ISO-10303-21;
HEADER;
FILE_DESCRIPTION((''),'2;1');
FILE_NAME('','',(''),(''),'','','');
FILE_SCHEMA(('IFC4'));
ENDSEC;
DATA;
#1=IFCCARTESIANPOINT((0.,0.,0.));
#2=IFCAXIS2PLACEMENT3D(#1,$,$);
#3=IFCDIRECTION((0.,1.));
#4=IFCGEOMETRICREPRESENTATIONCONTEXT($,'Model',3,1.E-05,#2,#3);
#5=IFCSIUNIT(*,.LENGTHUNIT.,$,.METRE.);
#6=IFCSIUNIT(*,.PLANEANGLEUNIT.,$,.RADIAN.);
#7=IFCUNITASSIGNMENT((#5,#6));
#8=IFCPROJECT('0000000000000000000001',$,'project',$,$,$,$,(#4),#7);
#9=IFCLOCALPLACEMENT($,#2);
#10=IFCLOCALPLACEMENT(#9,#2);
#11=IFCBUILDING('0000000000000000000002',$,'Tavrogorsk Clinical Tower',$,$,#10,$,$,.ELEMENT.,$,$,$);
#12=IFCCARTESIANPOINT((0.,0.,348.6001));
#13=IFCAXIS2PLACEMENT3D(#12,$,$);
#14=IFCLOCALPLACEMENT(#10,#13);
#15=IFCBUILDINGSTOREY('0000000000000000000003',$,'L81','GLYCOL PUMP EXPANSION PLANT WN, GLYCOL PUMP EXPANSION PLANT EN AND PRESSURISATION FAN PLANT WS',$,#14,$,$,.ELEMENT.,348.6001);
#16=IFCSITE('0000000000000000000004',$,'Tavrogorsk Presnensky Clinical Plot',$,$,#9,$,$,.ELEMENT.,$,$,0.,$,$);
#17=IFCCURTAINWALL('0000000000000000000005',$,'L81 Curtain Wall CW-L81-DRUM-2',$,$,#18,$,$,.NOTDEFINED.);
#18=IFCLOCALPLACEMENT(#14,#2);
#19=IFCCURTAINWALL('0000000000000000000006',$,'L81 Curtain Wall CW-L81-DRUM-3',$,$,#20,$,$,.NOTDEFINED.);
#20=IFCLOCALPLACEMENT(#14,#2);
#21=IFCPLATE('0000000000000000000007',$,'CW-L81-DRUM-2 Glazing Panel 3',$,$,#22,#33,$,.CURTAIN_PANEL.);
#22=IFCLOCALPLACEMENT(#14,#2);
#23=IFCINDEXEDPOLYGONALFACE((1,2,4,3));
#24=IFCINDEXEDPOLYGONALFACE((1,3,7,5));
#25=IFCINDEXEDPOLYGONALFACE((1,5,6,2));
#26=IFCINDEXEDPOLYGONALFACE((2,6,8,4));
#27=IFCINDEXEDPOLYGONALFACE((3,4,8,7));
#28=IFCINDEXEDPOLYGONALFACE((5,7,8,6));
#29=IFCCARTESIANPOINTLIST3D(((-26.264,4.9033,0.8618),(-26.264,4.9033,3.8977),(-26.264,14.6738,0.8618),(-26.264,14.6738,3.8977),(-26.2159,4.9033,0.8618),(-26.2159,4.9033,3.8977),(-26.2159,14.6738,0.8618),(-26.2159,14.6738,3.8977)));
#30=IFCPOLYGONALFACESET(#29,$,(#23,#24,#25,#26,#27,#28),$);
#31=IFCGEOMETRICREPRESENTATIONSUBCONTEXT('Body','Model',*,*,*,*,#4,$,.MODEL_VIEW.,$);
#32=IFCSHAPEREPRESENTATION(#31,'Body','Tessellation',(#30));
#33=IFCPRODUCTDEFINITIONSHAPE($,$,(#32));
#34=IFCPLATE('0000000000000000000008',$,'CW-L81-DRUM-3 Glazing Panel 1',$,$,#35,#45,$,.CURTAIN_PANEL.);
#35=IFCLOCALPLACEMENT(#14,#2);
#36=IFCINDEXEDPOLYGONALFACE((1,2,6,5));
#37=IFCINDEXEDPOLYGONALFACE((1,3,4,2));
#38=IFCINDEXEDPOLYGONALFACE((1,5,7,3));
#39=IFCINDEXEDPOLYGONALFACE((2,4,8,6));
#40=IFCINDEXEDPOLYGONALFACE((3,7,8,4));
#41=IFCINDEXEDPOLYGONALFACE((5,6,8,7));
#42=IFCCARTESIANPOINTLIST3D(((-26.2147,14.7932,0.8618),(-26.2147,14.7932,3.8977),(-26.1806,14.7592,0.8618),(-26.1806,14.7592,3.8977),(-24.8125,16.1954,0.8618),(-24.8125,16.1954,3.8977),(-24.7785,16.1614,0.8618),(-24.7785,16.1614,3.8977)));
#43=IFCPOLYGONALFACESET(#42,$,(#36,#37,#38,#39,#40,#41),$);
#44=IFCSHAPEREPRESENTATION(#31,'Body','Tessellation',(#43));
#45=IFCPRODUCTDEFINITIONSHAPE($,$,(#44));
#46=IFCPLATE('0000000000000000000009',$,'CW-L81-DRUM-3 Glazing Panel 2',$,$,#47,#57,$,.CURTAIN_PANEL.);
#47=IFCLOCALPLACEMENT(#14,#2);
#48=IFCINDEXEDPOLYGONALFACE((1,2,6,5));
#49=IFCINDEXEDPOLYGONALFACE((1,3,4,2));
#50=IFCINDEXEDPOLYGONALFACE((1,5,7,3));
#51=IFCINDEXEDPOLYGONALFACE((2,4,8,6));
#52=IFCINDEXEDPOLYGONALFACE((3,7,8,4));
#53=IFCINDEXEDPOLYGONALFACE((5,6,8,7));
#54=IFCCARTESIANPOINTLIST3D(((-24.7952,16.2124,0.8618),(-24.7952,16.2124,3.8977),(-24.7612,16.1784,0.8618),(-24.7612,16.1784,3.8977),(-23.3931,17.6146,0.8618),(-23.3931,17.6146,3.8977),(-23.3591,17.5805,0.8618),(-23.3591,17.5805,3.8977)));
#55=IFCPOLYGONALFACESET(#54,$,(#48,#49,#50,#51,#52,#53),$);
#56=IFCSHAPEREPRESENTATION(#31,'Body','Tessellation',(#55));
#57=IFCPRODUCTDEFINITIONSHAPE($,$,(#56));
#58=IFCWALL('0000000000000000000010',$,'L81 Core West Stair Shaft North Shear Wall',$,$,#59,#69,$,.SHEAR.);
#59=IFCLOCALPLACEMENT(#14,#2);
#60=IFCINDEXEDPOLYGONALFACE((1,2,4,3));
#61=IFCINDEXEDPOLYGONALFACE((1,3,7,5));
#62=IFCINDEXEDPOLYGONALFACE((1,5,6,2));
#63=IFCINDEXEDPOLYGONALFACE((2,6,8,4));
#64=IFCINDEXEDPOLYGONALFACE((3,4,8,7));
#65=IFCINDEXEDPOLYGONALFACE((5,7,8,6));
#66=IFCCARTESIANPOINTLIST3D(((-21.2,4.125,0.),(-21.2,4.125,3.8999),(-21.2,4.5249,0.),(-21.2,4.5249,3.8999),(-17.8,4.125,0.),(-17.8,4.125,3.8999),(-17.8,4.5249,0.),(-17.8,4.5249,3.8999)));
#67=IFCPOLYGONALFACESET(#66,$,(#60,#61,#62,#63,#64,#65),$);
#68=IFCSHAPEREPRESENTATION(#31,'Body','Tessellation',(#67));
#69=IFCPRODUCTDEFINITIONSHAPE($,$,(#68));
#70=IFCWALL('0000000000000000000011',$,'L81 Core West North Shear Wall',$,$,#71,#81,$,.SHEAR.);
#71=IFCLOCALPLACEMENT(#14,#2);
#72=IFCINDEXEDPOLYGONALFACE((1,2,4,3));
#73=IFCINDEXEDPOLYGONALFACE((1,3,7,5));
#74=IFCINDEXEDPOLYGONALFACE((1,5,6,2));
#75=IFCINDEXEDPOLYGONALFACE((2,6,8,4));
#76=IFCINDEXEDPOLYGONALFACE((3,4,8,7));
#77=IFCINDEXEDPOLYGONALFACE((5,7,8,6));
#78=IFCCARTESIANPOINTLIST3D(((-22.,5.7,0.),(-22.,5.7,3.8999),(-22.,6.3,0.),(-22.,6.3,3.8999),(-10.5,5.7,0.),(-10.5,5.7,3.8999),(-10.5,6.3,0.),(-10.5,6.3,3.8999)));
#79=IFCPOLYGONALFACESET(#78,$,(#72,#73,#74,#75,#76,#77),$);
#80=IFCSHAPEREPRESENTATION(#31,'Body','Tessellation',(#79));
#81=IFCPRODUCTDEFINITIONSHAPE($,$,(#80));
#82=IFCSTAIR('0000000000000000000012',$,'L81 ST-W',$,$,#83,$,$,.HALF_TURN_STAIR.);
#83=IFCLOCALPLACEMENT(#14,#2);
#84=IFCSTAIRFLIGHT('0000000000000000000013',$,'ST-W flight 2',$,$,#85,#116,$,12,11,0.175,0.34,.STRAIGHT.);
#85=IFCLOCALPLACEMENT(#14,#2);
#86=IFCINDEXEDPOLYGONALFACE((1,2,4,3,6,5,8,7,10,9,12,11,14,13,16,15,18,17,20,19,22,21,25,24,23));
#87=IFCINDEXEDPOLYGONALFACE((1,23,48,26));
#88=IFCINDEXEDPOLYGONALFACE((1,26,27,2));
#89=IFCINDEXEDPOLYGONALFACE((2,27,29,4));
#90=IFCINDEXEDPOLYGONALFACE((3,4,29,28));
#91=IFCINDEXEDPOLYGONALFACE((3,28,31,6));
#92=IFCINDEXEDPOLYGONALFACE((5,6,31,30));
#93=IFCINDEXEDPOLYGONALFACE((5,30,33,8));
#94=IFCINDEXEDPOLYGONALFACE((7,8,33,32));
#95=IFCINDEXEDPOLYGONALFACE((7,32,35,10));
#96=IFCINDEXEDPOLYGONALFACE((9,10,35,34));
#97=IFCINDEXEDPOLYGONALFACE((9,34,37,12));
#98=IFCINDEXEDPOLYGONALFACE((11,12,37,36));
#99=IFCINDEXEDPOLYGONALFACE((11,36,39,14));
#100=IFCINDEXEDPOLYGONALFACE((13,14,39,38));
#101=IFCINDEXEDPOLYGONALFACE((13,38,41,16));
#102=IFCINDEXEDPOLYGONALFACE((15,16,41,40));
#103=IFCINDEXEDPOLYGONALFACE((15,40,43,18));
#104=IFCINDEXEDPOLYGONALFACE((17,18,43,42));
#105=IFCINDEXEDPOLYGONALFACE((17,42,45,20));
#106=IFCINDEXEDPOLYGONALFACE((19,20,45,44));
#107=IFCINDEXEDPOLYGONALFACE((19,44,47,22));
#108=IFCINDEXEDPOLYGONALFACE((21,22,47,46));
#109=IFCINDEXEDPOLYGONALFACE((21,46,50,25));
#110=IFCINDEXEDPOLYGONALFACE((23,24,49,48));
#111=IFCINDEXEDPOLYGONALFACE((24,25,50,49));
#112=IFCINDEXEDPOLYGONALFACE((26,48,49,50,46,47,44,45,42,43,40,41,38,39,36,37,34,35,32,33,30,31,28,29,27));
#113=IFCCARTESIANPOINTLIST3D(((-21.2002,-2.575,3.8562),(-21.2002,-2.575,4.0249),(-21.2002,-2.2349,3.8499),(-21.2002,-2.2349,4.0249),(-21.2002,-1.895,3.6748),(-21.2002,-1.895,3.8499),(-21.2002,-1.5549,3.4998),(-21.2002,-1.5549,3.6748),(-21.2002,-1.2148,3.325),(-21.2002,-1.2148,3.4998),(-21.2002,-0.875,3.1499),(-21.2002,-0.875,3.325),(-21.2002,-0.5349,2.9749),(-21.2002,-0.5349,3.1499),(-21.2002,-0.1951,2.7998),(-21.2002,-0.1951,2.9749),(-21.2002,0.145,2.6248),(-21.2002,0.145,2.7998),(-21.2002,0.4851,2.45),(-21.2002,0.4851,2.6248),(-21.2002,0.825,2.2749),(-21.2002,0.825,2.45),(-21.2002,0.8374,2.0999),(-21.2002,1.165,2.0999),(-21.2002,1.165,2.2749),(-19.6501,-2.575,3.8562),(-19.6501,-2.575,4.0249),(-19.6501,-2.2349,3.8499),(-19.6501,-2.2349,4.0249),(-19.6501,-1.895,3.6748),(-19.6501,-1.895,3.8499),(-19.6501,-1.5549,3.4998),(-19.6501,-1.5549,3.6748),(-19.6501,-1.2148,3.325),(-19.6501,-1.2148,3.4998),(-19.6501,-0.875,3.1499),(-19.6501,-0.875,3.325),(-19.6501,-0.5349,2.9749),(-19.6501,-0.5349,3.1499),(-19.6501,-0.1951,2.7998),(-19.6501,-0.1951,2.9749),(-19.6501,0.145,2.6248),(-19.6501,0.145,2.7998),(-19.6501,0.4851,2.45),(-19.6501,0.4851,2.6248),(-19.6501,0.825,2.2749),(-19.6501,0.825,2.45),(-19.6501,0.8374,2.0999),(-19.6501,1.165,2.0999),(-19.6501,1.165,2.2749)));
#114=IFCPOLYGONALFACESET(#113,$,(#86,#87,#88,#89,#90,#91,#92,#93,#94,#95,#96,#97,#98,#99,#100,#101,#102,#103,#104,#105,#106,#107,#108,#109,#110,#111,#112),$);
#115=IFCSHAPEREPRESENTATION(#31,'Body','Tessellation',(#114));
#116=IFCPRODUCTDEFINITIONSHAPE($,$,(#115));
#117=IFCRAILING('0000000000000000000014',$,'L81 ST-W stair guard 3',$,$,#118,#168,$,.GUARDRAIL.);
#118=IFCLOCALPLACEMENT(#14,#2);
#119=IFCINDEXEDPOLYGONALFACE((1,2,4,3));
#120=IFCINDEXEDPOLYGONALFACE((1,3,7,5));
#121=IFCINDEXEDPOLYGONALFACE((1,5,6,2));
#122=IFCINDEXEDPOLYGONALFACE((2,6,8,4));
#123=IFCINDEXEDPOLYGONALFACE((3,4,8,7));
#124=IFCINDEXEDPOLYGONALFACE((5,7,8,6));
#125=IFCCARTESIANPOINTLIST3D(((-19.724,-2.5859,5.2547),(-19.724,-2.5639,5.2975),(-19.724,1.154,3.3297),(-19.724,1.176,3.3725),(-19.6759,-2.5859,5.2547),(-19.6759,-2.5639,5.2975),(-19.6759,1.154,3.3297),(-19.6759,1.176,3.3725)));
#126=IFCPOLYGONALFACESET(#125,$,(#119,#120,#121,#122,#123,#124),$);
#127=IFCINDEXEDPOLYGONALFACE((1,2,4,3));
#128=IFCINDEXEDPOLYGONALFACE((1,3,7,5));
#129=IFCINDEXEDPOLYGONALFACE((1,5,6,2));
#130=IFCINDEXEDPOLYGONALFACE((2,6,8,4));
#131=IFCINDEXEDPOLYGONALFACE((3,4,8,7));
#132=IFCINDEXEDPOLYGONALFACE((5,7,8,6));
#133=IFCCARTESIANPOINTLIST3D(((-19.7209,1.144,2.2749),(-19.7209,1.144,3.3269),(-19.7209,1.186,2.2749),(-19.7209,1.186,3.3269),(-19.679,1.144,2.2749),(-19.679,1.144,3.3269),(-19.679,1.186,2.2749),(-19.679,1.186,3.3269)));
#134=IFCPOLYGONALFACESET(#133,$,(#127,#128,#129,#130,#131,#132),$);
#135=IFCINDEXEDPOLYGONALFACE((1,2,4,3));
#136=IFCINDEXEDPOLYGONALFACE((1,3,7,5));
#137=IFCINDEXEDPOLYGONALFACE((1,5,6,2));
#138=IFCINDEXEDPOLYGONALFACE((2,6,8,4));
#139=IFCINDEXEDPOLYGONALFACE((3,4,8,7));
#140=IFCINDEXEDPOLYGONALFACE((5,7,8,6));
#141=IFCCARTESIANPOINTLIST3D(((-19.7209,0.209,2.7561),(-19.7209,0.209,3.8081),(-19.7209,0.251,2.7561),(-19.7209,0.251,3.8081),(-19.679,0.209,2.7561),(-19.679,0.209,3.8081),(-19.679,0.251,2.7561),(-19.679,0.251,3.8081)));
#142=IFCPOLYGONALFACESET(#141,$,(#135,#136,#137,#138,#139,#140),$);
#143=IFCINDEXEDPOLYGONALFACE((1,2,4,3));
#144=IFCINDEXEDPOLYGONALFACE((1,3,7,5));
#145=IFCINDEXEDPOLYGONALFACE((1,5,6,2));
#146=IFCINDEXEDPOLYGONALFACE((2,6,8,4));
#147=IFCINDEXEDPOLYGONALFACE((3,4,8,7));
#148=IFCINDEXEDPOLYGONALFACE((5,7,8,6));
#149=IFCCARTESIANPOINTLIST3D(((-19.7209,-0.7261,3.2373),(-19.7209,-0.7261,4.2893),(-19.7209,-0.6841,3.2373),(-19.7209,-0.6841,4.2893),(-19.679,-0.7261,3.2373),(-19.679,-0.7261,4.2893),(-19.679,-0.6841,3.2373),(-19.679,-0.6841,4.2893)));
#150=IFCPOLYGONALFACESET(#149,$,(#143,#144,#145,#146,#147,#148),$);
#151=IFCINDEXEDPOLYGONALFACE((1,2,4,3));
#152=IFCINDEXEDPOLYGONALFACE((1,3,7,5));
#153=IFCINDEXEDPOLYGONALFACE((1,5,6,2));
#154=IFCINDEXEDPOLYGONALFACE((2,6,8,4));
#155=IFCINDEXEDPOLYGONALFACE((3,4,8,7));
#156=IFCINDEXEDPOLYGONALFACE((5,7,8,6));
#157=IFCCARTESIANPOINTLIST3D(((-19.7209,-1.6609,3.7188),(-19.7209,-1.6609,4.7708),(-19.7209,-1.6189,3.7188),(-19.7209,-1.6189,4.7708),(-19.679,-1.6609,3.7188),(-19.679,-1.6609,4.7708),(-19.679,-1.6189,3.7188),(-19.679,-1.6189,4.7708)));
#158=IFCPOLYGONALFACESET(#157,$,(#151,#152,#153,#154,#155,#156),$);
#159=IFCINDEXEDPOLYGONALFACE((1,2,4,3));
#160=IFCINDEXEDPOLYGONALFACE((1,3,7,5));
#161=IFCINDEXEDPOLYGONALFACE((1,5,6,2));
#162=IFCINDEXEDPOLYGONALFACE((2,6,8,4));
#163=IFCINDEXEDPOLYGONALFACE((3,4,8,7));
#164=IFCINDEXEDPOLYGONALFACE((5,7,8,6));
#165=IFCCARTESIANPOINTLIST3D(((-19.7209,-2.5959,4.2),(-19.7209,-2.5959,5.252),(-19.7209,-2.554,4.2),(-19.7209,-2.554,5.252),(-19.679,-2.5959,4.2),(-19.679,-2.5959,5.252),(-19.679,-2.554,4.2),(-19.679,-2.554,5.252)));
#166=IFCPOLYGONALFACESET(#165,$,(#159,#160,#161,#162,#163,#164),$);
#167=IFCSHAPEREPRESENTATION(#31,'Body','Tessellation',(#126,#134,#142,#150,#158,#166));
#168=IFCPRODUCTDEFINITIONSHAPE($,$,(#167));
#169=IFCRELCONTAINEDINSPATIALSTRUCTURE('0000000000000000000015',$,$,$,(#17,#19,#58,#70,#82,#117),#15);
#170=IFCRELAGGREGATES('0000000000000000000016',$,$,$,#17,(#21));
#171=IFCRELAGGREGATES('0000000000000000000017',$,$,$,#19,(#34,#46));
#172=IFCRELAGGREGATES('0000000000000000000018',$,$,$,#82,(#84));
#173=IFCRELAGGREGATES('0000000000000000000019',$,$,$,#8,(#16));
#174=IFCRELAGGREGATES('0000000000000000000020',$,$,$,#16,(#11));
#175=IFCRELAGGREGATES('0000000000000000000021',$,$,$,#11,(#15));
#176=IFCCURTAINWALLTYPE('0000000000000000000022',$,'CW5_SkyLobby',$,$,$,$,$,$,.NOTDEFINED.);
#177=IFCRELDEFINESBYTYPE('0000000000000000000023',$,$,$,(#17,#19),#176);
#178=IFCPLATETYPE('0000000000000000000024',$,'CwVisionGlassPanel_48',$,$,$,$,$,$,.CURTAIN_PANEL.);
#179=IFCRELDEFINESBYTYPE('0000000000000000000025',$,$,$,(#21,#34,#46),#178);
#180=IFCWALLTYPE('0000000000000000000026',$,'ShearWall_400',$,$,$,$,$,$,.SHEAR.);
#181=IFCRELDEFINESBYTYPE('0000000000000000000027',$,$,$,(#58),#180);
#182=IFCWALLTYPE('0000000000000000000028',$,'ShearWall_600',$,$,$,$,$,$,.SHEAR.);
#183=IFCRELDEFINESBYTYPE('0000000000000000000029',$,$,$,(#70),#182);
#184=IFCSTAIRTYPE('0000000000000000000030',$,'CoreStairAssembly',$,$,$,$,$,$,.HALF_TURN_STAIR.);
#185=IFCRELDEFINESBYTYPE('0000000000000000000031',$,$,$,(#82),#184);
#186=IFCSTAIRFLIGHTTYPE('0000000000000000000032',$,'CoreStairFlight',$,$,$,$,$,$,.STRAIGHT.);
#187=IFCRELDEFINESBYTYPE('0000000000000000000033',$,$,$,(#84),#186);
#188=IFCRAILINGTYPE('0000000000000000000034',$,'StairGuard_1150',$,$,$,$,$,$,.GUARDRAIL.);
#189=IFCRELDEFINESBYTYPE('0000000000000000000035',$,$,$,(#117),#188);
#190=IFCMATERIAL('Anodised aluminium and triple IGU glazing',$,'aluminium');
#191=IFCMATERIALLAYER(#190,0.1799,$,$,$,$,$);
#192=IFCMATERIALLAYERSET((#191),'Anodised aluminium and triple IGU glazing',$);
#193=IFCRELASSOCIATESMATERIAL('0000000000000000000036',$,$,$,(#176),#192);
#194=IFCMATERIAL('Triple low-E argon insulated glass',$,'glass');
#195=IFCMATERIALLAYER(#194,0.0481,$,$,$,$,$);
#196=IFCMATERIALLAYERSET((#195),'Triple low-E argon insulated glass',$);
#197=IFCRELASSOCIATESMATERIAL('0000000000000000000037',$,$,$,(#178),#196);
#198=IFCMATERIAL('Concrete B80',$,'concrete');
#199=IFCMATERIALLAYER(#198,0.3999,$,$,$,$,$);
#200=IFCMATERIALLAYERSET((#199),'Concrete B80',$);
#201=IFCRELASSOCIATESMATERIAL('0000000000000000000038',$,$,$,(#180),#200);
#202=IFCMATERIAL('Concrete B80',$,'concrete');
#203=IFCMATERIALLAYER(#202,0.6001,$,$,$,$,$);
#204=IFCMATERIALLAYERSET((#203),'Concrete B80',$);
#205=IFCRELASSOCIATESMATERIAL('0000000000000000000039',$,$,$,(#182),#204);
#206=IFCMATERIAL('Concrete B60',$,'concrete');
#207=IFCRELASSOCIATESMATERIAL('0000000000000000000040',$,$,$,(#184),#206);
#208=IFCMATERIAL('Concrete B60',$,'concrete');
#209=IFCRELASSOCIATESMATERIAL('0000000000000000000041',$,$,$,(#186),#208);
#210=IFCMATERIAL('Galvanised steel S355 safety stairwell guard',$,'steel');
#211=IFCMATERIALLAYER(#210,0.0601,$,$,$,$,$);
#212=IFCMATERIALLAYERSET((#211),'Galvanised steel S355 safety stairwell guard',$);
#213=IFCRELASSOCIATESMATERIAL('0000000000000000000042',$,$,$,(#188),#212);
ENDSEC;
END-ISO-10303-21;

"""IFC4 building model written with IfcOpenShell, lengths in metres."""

from ifc_helpers import new_model, si_unit, direction, frame, frame_2d, origin, origin_2d, place, context, subcontext, project, spatial, polyline, rectangle, outline, extrude, material, layer, layer_set, type_object, element, aggregate, save


model = new_model("IFC4")

# Units and contexts
model_context = context("Model", 3, precision=1e-05, world=origin(), true_north=direction((0.0, 1.0)))
body_context = subcontext(model_context, "Body", "Model", "MODEL_VIEW")
ifc_project = project(units=[si_unit("LENGTHUNIT", "METRE"), si_unit("PLANEANGLEUNIT", "RADIAN")], contexts=[model_context])

# Site, building, storey
site_placement = place(None, origin())
site = spatial("IfcSite", under=ifc_project, at=site_placement, Name="Tavrogorsk Presnensky Clinical Plot", CompositionType="ELEMENT", RefElevation=0.0)
building_placement = place(site_placement, origin())
building = spatial("IfcBuilding", under=site, at=building_placement, Name="Tavrogorsk Clinical Tower", CompositionType="ELEMENT")
storey_placement = place(building_placement, frame((0.0, 0.0, 348.6001)))
storey = spatial("IfcBuildingStorey", under=building, at=storey_placement, Name="L81", Description="GLYCOL PUMP EXPANSION PLANT WN, GLYCOL PUMP EXPANSION PLANT EN AND PRESSURISATION FAN PLANT WS", CompositionType="ELEMENT", Elevation=348.6001)

# Curtain walls
ifc_material_1 = material(Name="Anodised aluminium and triple IGU glazing", Category="aluminium")
ifc_layer_1 = layer(ifc_material_1, 0.1799)
ifc_layer_set_1 = layer_set([ifc_layer_1], Name="Anodised aluminium and triple IGU glazing")
curtain_wall_type = type_object("IfcCurtainWallType", Name="CW5_SkyLobby", PredefinedType="NOTDEFINED", material=ifc_layer_set_1)
curtain_wall_1_placement = place(storey_placement, origin())
curtain_wall_1 = element("IfcCurtainWall", 1, at=curtain_wall_1_placement, inside=storey, type_object=curtain_wall_type, Name="L81 Curtain Wall CW-L81-DRUM-2", PredefinedType="NOTDEFINED")
curtain_wall_2_placement = place(storey_placement, origin())
curtain_wall_2 = element("IfcCurtainWall", 2, at=curtain_wall_2_placement, inside=storey, type_object=curtain_wall_type, Name="L81 Curtain Wall CW-L81-DRUM-3", PredefinedType="NOTDEFINED")

# Plates
ifc_material_2 = material(Name="Triple low-E argon insulated glass", Category="glass")
ifc_layer_2 = layer(ifc_material_2, 0.0481)
ifc_layer_set_2 = layer_set([ifc_layer_2], Name="Triple low-E argon insulated glass")
plate_type_1 = type_object("IfcPlateType", Name="CwVisionGlassPanel_48", PredefinedType="CURTAIN_PANEL", material=ifc_layer_set_2)
plate_1_placement = place(storey_placement, frame((-26.24, 9.7886, 0.8618), z_axis=(0.0, 0.0, 1.0), x_axis=(0.0, 1.0, 0.0)))
plate_1 = element("IfcPlate", 3, at=plate_1_placement, type_object=plate_type_1, Name="CW-L81-DRUM-2 Glazing Panel 3", PredefinedType="CURTAIN_PANEL", context=body_context, shape_type="SweptSolid", body=[
    extrude(rectangle(XDim=9.7705, YDim=0.0481, at=origin_2d()), origin(), (0.0, 0.0, 1.0), 3.0359),
])
aggregate(curtain_wall_1, [plate_1])
plate_2_placement = place(storey_placement, frame((-25.4966, 15.4773, 0.8618), z_axis=(0.0, 0.0, 1.0), x_axis=(0.707107, 0.707107, 0.0)))
plate_2 = element("IfcPlate", 4, at=plate_2_placement, type_object=plate_type_1, Name="CW-L81-DRUM-3 Glazing Panel 1", PredefinedType="CURTAIN_PANEL", context=body_context, shape_type="SweptSolid", body=[
    extrude(rectangle(XDim=1.9829, YDim=0.0481, at=origin_2d()), origin(), (0.0, 0.0, 1.0), 3.0359),
])
plate_3_placement = place(storey_placement, frame((-24.0771, 16.8965, 0.8618), z_axis=(0.0, 0.0, 1.0), x_axis=(0.707107, 0.707107, 0.0)))
plate_3 = element("IfcPlate", 5, at=plate_3_placement, type_object=plate_type_1, Name="CW-L81-DRUM-3 Glazing Panel 2", PredefinedType="CURTAIN_PANEL", context=body_context, shape_type="SweptSolid", body=[
    extrude(rectangle(XDim=1.9829, YDim=0.0481, at=origin_2d()), origin(), (0.0, 0.0, 1.0), 3.0359),
])
aggregate(curtain_wall_2, [plate_2, plate_3])

# Walls
ifc_material_3 = material(Name="Concrete B80", Category="concrete")
ifc_layer_3 = layer(ifc_material_3, 0.3999)
ifc_layer_set_3 = layer_set([ifc_layer_3], Name="Concrete B80")
wall_type_1 = type_object("IfcWallType", Name="ShearWall_400", PredefinedType="SHEAR", material=ifc_layer_set_3)
wall_1_placement = place(storey_placement, frame((-21.2, 4.325, 0.0), z_axis=(0.0, 0.0, 1.0), x_axis=(1.0, 0.0, 0.0)))
element("IfcWall", 6, at=wall_1_placement, inside=storey, type_object=wall_type_1, Name="L81 Core West Stair Shaft North Shear Wall", PredefinedType="SHEAR", context=body_context, shape_type="SweptSolid", body=[
    extrude(rectangle(XDim=3.3999, YDim=0.3999, at=frame_2d((1.7, 0.0))), origin(), (0.0, 0.0, 1.0), 3.8999),
])
ifc_material_4 = material(Name="Concrete B80", Category="concrete")
ifc_layer_4 = layer(ifc_material_4, 0.6001)
ifc_layer_set_4 = layer_set([ifc_layer_4], Name="Concrete B80")
wall_type_2 = type_object("IfcWallType", Name="ShearWall_600", PredefinedType="SHEAR", material=ifc_layer_set_4)
wall_2_placement = place(storey_placement, frame((-22.0, 6.0, 0.0), z_axis=(0.0, 0.0, 1.0), x_axis=(1.0, 0.0, 0.0)))
element("IfcWall", 7, at=wall_2_placement, inside=storey, type_object=wall_type_2, Name="L81 Core West North Shear Wall", PredefinedType="SHEAR", context=body_context, shape_type="SweptSolid", body=[
    extrude(rectangle(XDim=11.5, YDim=0.6001, at=frame_2d((5.75, 0.0))), origin(), (0.0, 0.0, 1.0), 3.8999),
])

# Stair, stair flight
ifc_material_5 = material(Name="Concrete B60", Category="concrete")
stair_type = type_object("IfcStairType", Name="CoreStairAssembly", PredefinedType="HALF_TURN_STAIR", material=ifc_material_5)
stair_placement = place(storey_placement, origin())
stair = element("IfcStair", 8, at=stair_placement, inside=storey, type_object=stair_type, Name="L81 ST-W", PredefinedType="HALF_TURN_STAIR")
ifc_material_6 = material(Name="Concrete B60", Category="concrete")
stair_flight_type = type_object("IfcStairFlightType", Name="CoreStairFlight", PredefinedType="STRAIGHT", material=ifc_material_6)
stair_flight_placement = place(storey_placement, frame((-20.425, 1.165, 2.0999), z_axis=(0.0, 0.0, 1.0), x_axis=(0.0, -1.0, 0.0)))
stair_flight = element("IfcStairFlight", 9, at=stair_flight_placement, type_object=stair_flight_type, Name="ST-W flight 2", NumberOfRisers=12, NumberOfTreads=11, PredefinedType="STRAIGHT", RiserHeight=0.175, TreadLength=0.34, context=body_context, shape_type="SweptSolid", body=[
    extrude(outline(polyline([(0.0, 0.0), (0.0, 0.175), (0.3401, 0.175), (0.3401, 0.3501), (0.6799, 0.3501), (0.6799, 0.5249), (1.02, 0.5249), (1.02, 0.7), (1.3601, 0.7), (1.3601, 0.875), (1.7, 0.875), (1.7, 1.05), (2.04, 1.05), (2.04, 1.2251), (2.3799, 1.2251), (2.3799, 1.3999), (2.72, 1.3999), (2.72, 1.575), (3.0601, 1.575), (3.0601, 1.75), (3.3999, 1.75), (3.3999, 1.925), (3.74, 1.925), (3.74, 2.1001), (3.74, 1.7563), (0.3276, 0.0), (0.0, 0.0)])), frame((0.0, 0.7749, 0.0), z_axis=(0.0, -1.0, 0.0), x_axis=(1.0, 0.0, 0.0)), (0.0, 0.0, 1.0), 1.55),
])
aggregate(stair, [stair_flight])

# Railing
ifc_material_7 = material(Name="Galvanised steel S355 safety stairwell guard", Category="steel")
ifc_layer_5 = layer(ifc_material_7, 0.0601)
ifc_layer_set_5 = layer_set([ifc_layer_5], Name="Galvanised steel S355 safety stairwell guard")
railing_type_1 = type_object("IfcRailingType", Name="StairGuard_1150", PredefinedType="GUARDRAIL", material=ifc_layer_set_5)
railing_1_placement = place(storey_placement, frame((-19.7, 1.165, 2.2749)))
element("IfcRailing", 10, at=railing_1_placement, inside=storey, type_object=railing_type_1, Name="L81 ST-W stair guard 3", PredefinedType="GUARDRAIL", context=body_context, shape_type="SweptSolid", body=[
    extrude(rectangle(XDim=0.0481, YDim=0.0481, at=origin_2d()), frame((0.0, 0.0, 1.0762), z_axis=(0.0, -0.889131, 0.457654), x_axis=(1.0, 0.0, 0.0)), (0.0, 0.0, 1.0), 4.2063),
    extrude(rectangle(XDim=0.042, YDim=0.042, at=origin_2d()), origin(), (0.0, 0.0, 1.0), 1.052),
    extrude(rectangle(XDim=0.042, YDim=0.042, at=origin_2d()), frame((0.0, -0.9351, 0.4812)), (0.0, 0.0, 1.0), 1.052),
    extrude(rectangle(XDim=0.042, YDim=0.042, at=origin_2d()), frame((0.0, -1.8701, 0.9624)), (0.0, 0.0, 1.0), 1.052),
    extrude(rectangle(XDim=0.042, YDim=0.042, at=origin_2d()), frame((0.0, -2.8049, 1.4438)), (0.0, 0.0, 1.0), 1.052),
    extrude(rectangle(XDim=0.042, YDim=0.042, at=origin_2d()), frame((0.0, -3.74, 1.925)), (0.0, 0.0, 1.0), 1.052),
])

save(model, "model.ifc")
